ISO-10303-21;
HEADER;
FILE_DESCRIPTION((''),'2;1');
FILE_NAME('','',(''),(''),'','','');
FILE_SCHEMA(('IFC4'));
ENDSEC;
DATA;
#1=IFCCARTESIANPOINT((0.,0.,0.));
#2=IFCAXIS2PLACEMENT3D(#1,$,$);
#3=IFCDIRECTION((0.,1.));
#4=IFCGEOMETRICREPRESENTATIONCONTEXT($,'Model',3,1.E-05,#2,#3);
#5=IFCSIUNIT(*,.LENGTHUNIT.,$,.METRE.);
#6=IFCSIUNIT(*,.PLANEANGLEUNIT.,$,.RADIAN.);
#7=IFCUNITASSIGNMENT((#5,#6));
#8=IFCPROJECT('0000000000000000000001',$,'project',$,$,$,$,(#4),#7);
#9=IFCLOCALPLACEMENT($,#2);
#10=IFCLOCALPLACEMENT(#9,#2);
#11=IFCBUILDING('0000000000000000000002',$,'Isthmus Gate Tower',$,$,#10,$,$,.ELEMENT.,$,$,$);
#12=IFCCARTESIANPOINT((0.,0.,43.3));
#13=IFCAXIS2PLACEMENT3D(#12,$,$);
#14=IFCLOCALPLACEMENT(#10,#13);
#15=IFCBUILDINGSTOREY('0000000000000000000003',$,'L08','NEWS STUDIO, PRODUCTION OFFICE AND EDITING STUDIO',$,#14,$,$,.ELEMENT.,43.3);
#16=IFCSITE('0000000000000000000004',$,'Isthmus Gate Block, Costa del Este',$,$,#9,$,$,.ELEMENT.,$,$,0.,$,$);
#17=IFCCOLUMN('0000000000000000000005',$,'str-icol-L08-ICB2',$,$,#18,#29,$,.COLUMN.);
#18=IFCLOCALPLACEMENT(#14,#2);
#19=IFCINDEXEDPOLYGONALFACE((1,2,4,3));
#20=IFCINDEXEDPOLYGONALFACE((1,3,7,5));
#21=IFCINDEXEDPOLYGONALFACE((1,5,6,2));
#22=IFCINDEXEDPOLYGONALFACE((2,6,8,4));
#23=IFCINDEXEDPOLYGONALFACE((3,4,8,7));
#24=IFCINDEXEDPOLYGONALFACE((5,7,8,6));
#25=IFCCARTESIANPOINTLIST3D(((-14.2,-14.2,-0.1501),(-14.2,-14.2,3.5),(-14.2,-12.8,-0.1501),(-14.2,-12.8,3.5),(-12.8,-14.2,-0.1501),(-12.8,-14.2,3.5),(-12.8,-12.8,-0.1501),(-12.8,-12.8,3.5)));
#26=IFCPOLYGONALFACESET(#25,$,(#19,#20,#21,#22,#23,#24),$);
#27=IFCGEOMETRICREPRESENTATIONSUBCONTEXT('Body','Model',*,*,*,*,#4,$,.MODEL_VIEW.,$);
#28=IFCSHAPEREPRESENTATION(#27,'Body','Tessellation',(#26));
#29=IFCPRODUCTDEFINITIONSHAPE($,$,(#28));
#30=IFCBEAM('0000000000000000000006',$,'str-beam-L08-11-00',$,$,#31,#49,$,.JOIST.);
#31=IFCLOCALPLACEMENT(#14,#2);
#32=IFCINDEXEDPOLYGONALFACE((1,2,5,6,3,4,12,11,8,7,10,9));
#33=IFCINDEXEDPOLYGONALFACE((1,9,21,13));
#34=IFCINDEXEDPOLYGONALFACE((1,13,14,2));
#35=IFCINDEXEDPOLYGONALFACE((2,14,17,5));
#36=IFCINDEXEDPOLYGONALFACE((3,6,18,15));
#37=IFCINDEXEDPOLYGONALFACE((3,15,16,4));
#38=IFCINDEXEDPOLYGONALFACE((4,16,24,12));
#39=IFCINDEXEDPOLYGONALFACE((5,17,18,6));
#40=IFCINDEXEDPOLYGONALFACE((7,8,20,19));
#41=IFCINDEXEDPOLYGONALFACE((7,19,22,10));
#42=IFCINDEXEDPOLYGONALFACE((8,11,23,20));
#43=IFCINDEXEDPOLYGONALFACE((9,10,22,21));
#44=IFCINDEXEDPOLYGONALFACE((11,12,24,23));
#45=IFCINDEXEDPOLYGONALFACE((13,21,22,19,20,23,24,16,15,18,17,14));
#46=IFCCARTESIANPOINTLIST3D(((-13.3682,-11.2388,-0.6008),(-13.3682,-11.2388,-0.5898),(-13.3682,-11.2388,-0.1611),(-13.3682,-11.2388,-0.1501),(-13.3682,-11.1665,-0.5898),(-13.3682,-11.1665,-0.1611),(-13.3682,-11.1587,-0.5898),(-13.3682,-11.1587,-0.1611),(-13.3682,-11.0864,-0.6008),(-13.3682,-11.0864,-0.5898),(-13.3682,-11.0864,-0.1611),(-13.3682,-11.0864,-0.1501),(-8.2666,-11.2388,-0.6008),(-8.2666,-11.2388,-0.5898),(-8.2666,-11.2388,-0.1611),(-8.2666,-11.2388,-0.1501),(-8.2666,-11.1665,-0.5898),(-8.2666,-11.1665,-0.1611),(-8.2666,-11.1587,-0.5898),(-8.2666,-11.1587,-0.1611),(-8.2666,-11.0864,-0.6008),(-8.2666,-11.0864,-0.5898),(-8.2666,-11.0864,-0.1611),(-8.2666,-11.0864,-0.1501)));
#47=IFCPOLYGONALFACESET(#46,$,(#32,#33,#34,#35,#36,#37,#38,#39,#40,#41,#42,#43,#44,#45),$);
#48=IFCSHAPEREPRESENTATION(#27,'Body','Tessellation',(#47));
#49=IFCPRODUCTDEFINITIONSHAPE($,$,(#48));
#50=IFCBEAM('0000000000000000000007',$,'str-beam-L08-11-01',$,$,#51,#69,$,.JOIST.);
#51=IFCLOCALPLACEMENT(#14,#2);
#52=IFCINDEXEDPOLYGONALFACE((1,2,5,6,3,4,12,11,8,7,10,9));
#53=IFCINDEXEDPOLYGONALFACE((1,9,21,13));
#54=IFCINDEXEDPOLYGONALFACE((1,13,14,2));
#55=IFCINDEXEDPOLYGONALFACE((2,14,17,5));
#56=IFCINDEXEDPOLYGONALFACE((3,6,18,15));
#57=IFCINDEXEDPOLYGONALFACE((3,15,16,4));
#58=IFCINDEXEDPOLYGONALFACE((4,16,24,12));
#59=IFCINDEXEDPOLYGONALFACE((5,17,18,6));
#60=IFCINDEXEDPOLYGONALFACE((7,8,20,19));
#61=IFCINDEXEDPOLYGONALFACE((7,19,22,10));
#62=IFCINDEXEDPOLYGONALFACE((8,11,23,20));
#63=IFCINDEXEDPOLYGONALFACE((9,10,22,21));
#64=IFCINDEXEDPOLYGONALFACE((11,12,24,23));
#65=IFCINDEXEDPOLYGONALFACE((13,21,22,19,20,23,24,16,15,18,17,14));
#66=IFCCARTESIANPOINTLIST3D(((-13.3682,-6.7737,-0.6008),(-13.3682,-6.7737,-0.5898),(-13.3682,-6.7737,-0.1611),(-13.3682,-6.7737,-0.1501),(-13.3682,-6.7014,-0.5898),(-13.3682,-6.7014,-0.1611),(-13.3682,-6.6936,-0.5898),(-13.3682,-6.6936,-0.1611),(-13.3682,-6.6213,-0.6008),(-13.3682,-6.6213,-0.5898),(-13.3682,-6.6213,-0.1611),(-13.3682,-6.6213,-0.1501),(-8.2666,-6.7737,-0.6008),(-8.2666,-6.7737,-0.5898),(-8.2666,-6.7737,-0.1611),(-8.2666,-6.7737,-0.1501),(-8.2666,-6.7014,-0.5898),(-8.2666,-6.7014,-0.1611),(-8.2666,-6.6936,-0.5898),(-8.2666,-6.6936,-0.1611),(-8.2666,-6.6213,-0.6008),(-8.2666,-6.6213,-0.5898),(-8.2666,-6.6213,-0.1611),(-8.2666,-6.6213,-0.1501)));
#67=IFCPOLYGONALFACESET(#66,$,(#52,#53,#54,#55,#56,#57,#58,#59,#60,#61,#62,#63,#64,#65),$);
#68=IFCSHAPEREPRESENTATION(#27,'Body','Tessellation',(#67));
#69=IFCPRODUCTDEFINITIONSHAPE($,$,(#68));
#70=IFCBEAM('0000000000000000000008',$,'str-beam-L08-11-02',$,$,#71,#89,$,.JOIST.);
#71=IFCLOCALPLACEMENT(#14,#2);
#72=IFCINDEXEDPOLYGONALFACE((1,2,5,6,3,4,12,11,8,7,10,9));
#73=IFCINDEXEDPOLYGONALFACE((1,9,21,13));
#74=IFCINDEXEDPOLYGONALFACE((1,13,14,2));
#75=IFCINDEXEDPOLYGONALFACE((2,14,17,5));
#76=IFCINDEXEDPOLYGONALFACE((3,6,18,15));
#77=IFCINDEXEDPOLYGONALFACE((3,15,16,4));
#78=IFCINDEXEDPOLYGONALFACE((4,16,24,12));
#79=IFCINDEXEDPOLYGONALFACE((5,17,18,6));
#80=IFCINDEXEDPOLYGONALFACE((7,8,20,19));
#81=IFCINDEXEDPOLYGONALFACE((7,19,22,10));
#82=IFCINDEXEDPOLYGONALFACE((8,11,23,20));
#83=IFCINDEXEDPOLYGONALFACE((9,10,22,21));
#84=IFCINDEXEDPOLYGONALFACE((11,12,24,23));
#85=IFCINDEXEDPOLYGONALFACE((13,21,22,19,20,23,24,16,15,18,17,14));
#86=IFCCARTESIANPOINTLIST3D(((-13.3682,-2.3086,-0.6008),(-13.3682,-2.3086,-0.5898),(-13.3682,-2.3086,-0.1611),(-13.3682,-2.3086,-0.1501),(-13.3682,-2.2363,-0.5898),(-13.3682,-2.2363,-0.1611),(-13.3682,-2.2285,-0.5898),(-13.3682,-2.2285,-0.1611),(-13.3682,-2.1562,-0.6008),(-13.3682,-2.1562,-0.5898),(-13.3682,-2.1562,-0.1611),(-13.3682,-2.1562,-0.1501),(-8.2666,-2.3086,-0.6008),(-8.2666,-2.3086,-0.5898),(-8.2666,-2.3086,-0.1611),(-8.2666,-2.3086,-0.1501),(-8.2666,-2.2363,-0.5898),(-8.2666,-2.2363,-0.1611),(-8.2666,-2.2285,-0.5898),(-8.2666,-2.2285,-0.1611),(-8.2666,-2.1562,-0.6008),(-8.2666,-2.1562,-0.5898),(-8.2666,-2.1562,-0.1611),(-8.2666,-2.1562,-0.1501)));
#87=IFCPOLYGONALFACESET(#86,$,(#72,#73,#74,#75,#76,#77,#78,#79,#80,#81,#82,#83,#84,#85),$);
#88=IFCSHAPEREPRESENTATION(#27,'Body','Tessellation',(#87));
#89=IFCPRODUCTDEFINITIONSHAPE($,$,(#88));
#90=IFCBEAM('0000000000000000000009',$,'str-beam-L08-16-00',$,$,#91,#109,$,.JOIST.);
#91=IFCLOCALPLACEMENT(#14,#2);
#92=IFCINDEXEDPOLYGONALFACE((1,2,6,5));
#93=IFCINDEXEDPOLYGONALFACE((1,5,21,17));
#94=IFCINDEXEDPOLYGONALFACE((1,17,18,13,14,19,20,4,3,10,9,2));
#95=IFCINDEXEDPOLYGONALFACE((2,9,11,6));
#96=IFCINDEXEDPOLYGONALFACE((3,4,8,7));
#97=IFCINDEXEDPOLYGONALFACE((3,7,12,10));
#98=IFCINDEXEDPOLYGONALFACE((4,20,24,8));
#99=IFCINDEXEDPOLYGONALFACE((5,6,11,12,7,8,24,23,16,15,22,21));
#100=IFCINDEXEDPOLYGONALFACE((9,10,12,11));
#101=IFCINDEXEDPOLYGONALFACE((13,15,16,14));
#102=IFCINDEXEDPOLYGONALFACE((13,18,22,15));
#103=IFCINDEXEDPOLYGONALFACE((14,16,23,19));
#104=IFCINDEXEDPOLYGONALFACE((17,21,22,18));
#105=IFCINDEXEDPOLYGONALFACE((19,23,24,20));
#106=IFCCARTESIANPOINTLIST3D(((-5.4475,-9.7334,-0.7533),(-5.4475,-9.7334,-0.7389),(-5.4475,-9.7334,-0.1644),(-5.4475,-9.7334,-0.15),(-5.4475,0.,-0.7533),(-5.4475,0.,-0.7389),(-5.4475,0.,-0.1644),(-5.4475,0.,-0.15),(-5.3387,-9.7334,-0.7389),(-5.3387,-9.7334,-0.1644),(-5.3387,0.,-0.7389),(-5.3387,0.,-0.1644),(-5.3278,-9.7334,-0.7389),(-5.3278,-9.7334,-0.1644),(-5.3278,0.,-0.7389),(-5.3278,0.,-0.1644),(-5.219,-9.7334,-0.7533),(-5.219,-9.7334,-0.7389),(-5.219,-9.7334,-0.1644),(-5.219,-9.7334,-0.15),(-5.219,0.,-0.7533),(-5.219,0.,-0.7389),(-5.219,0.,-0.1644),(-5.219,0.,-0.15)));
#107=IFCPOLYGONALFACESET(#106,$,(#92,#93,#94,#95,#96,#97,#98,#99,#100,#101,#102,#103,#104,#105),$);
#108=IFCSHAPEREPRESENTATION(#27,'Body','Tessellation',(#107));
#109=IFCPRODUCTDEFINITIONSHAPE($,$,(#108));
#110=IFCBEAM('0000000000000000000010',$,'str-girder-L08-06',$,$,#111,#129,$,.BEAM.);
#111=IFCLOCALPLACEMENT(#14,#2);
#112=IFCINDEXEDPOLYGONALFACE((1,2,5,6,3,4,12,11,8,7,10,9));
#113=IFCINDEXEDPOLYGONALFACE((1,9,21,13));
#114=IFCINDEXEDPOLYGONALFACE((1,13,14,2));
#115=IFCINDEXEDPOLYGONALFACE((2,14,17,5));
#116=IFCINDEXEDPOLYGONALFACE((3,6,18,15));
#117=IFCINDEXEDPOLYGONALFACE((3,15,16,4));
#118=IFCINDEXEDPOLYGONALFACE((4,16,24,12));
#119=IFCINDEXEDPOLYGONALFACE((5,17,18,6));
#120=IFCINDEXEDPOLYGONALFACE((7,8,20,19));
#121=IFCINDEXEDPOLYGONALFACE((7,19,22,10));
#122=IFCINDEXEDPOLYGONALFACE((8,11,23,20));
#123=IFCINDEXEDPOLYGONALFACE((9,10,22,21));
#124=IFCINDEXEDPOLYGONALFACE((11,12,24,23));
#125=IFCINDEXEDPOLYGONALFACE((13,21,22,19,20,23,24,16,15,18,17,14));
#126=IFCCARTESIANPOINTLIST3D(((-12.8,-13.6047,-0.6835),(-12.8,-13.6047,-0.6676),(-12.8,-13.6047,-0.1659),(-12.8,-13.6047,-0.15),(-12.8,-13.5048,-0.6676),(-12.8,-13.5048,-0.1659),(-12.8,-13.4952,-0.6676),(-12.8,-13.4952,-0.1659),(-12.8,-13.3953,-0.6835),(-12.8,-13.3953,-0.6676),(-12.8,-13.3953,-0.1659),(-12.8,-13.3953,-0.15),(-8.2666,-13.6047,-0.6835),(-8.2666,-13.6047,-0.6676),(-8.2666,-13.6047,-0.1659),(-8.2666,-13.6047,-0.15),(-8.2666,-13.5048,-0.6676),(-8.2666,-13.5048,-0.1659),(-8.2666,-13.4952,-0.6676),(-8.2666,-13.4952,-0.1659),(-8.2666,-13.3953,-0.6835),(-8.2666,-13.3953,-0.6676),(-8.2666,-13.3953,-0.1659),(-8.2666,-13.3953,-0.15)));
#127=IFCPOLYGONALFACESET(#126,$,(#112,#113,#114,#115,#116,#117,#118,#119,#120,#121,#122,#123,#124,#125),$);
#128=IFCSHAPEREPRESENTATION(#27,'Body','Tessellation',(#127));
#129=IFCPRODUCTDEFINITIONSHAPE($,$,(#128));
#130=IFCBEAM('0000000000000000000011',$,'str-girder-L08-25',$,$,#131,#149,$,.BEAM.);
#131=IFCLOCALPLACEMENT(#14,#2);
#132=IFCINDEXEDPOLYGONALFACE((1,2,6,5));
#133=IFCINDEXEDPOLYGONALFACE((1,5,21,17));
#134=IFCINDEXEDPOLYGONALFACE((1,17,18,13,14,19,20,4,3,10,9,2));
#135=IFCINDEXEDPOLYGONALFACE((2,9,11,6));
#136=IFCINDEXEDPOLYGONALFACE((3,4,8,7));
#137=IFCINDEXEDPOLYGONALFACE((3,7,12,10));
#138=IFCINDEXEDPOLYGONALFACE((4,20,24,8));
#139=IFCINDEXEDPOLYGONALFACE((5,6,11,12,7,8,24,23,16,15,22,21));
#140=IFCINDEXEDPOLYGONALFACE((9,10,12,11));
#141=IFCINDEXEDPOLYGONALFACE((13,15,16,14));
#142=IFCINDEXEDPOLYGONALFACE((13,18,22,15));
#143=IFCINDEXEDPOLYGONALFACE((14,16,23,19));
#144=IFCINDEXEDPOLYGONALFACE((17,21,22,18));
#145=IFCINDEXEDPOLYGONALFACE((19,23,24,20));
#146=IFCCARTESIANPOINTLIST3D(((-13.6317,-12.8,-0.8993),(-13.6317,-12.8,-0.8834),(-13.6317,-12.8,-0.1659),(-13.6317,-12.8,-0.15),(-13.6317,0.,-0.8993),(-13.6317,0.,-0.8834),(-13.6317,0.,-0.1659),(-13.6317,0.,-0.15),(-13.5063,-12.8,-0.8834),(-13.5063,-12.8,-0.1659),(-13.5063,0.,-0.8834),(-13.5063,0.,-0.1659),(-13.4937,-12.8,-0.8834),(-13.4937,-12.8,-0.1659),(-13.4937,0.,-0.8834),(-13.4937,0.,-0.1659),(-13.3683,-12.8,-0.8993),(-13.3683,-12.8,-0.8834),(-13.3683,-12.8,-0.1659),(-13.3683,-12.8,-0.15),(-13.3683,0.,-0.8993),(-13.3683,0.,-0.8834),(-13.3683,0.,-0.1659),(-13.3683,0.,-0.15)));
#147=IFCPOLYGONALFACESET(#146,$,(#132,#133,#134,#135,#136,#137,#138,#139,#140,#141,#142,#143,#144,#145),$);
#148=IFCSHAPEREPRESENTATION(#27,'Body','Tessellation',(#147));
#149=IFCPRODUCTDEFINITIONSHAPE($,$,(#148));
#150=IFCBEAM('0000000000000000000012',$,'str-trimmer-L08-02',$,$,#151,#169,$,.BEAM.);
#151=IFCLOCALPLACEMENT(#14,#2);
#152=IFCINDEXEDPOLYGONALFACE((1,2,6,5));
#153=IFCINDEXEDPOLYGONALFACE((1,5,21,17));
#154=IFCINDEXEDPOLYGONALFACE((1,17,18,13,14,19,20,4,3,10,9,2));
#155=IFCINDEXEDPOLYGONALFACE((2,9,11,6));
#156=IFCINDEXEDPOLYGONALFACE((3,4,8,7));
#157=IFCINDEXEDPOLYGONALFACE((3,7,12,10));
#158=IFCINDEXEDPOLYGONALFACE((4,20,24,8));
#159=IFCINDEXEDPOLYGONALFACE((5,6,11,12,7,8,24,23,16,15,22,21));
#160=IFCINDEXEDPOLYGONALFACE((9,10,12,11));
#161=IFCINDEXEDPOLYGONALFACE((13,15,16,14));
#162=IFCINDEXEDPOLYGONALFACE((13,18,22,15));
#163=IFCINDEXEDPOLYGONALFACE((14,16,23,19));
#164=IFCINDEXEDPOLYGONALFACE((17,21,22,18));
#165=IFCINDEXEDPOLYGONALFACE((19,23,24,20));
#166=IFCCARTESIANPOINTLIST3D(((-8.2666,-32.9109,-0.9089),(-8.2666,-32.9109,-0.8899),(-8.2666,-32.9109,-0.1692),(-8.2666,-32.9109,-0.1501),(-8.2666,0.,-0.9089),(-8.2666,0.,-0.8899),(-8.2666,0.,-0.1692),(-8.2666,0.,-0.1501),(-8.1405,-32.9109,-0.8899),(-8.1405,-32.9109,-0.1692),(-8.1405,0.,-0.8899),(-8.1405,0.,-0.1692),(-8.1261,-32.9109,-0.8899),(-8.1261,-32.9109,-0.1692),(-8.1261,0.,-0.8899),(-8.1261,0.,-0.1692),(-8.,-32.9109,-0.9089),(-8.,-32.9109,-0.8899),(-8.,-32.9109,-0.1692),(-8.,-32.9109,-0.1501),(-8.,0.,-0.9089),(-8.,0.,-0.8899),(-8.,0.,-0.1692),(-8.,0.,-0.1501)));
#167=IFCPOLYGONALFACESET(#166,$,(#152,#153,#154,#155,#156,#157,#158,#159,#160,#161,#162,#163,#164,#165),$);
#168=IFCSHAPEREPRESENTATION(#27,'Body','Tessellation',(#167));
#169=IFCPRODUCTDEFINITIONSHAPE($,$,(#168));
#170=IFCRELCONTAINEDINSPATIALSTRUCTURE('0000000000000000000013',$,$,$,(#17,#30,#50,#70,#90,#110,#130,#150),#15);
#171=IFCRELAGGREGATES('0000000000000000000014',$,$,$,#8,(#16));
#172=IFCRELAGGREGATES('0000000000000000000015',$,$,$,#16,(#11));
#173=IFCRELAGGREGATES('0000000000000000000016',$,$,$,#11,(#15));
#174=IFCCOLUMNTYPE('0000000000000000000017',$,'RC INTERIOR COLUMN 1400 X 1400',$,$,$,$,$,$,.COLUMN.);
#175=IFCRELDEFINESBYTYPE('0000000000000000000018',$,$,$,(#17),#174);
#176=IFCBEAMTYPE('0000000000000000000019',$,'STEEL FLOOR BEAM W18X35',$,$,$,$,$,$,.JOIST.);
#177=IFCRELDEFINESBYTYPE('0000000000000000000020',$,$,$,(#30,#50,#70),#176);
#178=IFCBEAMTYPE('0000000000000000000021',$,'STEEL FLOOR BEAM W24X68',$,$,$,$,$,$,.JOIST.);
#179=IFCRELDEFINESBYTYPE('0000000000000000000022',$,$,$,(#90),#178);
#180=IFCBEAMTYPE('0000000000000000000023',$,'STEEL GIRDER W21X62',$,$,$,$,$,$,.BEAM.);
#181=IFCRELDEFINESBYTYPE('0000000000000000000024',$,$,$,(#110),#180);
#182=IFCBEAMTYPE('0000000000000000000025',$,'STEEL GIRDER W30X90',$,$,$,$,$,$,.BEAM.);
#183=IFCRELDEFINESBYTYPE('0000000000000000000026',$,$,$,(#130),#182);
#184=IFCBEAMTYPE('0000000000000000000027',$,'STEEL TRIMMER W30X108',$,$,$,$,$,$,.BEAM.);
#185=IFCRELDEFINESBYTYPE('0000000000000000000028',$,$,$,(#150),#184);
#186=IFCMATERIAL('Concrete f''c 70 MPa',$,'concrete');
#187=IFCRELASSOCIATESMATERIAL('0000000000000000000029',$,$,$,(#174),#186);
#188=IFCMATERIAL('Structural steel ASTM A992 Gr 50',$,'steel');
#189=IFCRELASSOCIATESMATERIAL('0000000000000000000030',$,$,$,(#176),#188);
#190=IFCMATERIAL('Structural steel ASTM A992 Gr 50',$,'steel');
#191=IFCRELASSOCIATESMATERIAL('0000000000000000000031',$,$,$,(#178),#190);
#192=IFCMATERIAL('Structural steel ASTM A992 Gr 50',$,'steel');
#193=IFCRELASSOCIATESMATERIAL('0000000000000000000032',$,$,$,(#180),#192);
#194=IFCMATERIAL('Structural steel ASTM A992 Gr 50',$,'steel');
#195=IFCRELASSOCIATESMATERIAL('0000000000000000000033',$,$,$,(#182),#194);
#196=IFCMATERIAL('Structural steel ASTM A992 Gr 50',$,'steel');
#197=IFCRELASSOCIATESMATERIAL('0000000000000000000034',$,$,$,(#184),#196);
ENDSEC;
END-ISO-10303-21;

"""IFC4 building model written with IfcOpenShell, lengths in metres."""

from ifc_helpers import new_model, si_unit, direction, frame, origin, origin_2d, place, context, subcontext, project, spatial, rectangle, i_section, extrude, material, material_profile, profile_set, type_object, element, save


model = new_model("IFC4")

# Units and contexts
model_context = context("Model", 3, precision=1e-05, world=origin(), true_north=direction((0.0, 1.0)))
body_context = subcontext(model_context, "Body", "Model", "MODEL_VIEW")
ifc_project = project(units=[si_unit("LENGTHUNIT", "METRE"), si_unit("PLANEANGLEUNIT", "RADIAN")], contexts=[model_context])

# Site, building, storey
site_placement = place(None, origin())
site = spatial("IfcSite", under=ifc_project, at=site_placement, Name="Isthmus Gate Block, Costa del Este", CompositionType="ELEMENT", RefElevation=0.0)
building_placement = place(site_placement, origin())
building = spatial("IfcBuilding", under=site, at=building_placement, Name="Isthmus Gate Tower", CompositionType="ELEMENT")
storey_placement = place(building_placement, frame((0.0, 0.0, 43.3)))
storey = spatial("IfcBuildingStorey", under=building, at=storey_placement, Name="L08", Description="NEWS STUDIO, PRODUCTION OFFICE AND EDITING STUDIO", CompositionType="ELEMENT", Elevation=43.3)

# Column
ifc_material_1 = material(Name="Concrete f'c 70 MPa", Category="concrete")
ifc_material_profile_1 = material_profile(ifc_material_1, rectangle(XDim=1.3999, YDim=1.3999, at=origin_2d()), Name="RC 1400X1400")
ifc_profile_set_1 = profile_set([ifc_material_profile_1], Name="Concrete f'c 70 MPa")
column_type = type_object("IfcColumnType", Name="RC INTERIOR COLUMN 1400 X 1400", PredefinedType="COLUMN", material=ifc_profile_set_1)
column_placement = place(storey_placement, frame((-13.5, -13.5, -0.1501), z_axis=(0.0, 0.0, 1.0), x_axis=(1.0, 0.0, 0.0)))
element("IfcColumn", 1, at=column_placement, inside=storey, type_object=column_type, Name="str-icol-L08-ICB2", PredefinedType="COLUMN", context=body_context, shape_type="SweptSolid", body=[
    extrude(rectangle(XDim=1.3999, YDim=1.3999, at=origin_2d()), origin(), (0.0, 0.0, 1.0), 3.6501),
])

# Beams
ifc_material_2 = material(Name="Structural steel ASTM A992 Gr 50", Category="steel")
ifc_material_profile_2 = material_profile(ifc_material_2, i_section(OverallWidth=0.1523, OverallDepth=0.4507, WebThickness=0.0078, FlangeThickness=0.011, at=origin_2d()), Name="W18X35")
ifc_profile_set_2 = profile_set([ifc_material_profile_2], Name="Structural steel ASTM A992 Gr 50")
beam_type_1 = type_object("IfcBeamType", Name="STEEL FLOOR BEAM W18X35", PredefinedType="JOIST", material=ifc_profile_set_2)
for number, where, z_axis, x_axis, name in (
    (2, (-13.3682, -11.1626, -0.3755), (1.0, 0.0, 0.0), (0.0, 1.0, 0.0), "str-beam-L08-11-00"),
    (3, (-13.3682, -6.6975, -0.3755), (1.0, 0.0, 0.0), (0.0, 1.0, 0.0), "str-beam-L08-11-01"),
    (4, (-13.3682, -2.2324, -0.3755), (1.0, 0.0, 0.0), (0.0, 1.0, 0.0), "str-beam-L08-11-02"),
):
    element("IfcBeam", number, at=place(storey_placement, frame(where, z_axis=z_axis, x_axis=x_axis)), inside=storey, type_object=beam_type_1, Name=name, PredefinedType="JOIST", context=body_context, shape_type="SweptSolid", body=[
        extrude(i_section(OverallWidth=0.1523, OverallDepth=0.4507, WebThickness=0.0078, FlangeThickness=0.011, at=origin_2d()), origin(), (0.0, 0.0, 1.0), 5.1016),
    ])
ifc_material_3 = material(Name="Structural steel ASTM A992 Gr 50", Category="steel")
ifc_material_profile_3 = material_profile(ifc_material_3, i_section(OverallWidth=0.2285, OverallDepth=0.6033, WebThickness=0.011, FlangeThickness=0.0144, at=origin_2d()), Name="W24X68")
ifc_profile_set_3 = profile_set([ifc_material_profile_3], Name="Structural steel ASTM A992 Gr 50")
beam_type_2 = type_object("IfcBeamType", Name="STEEL FLOOR BEAM W24X68", PredefinedType="JOIST", material=ifc_profile_set_3)
beam_1_placement = place(storey_placement, frame((-5.3333, -9.7334, -0.4517), z_axis=(0.0, 1.0, 0.0), x_axis=(-1.0, 0.0, 0.0)))
element("IfcBeam", 5, at=beam_1_placement, inside=storey, type_object=beam_type_2, Name="str-beam-L08-16-00", PredefinedType="JOIST", context=body_context, shape_type="SweptSolid", body=[
    extrude(i_section(OverallWidth=0.2285, OverallDepth=0.6033, WebThickness=0.011, FlangeThickness=0.0144, at=origin_2d()), origin(), (0.0, 0.0, 1.0), 9.7334),
])
ifc_material_4 = material(Name="Structural steel ASTM A992 Gr 50", Category="steel")
ifc_material_profile_4 = material_profile(ifc_material_4, i_section(OverallWidth=0.2095, OverallDepth=0.5334, WebThickness=0.0095, FlangeThickness=0.0159, at=origin_2d()), Name="W21X62")
ifc_profile_set_4 = profile_set([ifc_material_profile_4], Name="Structural steel ASTM A992 Gr 50")
beam_type_3 = type_object("IfcBeamType", Name="STEEL GIRDER W21X62", PredefinedType="BEAM", material=ifc_profile_set_4)
beam_2_placement = place(storey_placement, frame((-12.8, -13.5, -0.4167), z_axis=(1.0, 0.0, 0.0), x_axis=(0.0, 1.0, 0.0)))
element("IfcBeam", 6, at=beam_2_placement, inside=storey, type_object=beam_type_3, Name="str-girder-L08-06", PredefinedType="BEAM", context=body_context, shape_type="SweptSolid", body=[
    extrude(i_section(OverallWidth=0.2095, OverallDepth=0.5334, WebThickness=0.0095, FlangeThickness=0.0159, at=origin_2d()), origin(), (0.0, 0.0, 1.0), 4.5334),
])
ifc_material_5 = material(Name="Structural steel ASTM A992 Gr 50", Category="steel")
ifc_material_profile_5 = material_profile(ifc_material_5, i_section(OverallWidth=0.2634, OverallDepth=0.7493, WebThickness=0.0127, FlangeThickness=0.0159, at=origin_2d()), Name="W30X90")
ifc_profile_set_5 = profile_set([ifc_material_profile_5], Name="Structural steel ASTM A992 Gr 50")
beam_type_4 = type_object("IfcBeamType", Name="STEEL GIRDER W30X90", PredefinedType="BEAM", material=ifc_profile_set_5)
beam_3_placement = place(storey_placement, frame((-13.5, -12.8, -0.5247), z_axis=(0.0, 1.0, 0.0), x_axis=(-1.0, 0.0, 0.0)))
element("IfcBeam", 7, at=beam_3_placement, inside=storey, type_object=beam_type_4, Name="str-girder-L08-25", PredefinedType="BEAM", context=body_context, shape_type="SweptSolid", body=[
    extrude(i_section(OverallWidth=0.2634, OverallDepth=0.7493, WebThickness=0.0127, FlangeThickness=0.0159, at=origin_2d()), origin(), (0.0, 0.0, 1.0), 12.8),
])
ifc_material_6 = material(Name="Structural steel ASTM A992 Gr 50", Category="steel")
ifc_material_profile_6 = material_profile(ifc_material_6, i_section(OverallWidth=0.2666, OverallDepth=0.7588, WebThickness=0.0144, FlangeThickness=0.019, at=origin_2d()), Name="W30X108")
ifc_profile_set_6 = profile_set([ifc_material_profile_6], Name="Structural steel ASTM A992 Gr 50")
beam_type_5 = type_object("IfcBeamType", Name="STEEL TRIMMER W30X108", PredefinedType="BEAM", material=ifc_profile_set_6)
beam_4_placement = place(storey_placement, frame((-8.1333, 0.0, -0.5295), z_axis=(0.0, -1.0, 0.0), x_axis=(1.0, 0.0, 0.0)))
element("IfcBeam", 8, at=beam_4_placement, inside=storey, type_object=beam_type_5, Name="str-trimmer-L08-02", PredefinedType="BEAM", context=body_context, shape_type="SweptSolid", body=[
    extrude(i_section(OverallWidth=0.2666, OverallDepth=0.7588, WebThickness=0.0144, FlangeThickness=0.019, at=origin_2d()), origin(), (0.0, 0.0, 1.0), 32.9109),
])

save(model, "model.ifc")
